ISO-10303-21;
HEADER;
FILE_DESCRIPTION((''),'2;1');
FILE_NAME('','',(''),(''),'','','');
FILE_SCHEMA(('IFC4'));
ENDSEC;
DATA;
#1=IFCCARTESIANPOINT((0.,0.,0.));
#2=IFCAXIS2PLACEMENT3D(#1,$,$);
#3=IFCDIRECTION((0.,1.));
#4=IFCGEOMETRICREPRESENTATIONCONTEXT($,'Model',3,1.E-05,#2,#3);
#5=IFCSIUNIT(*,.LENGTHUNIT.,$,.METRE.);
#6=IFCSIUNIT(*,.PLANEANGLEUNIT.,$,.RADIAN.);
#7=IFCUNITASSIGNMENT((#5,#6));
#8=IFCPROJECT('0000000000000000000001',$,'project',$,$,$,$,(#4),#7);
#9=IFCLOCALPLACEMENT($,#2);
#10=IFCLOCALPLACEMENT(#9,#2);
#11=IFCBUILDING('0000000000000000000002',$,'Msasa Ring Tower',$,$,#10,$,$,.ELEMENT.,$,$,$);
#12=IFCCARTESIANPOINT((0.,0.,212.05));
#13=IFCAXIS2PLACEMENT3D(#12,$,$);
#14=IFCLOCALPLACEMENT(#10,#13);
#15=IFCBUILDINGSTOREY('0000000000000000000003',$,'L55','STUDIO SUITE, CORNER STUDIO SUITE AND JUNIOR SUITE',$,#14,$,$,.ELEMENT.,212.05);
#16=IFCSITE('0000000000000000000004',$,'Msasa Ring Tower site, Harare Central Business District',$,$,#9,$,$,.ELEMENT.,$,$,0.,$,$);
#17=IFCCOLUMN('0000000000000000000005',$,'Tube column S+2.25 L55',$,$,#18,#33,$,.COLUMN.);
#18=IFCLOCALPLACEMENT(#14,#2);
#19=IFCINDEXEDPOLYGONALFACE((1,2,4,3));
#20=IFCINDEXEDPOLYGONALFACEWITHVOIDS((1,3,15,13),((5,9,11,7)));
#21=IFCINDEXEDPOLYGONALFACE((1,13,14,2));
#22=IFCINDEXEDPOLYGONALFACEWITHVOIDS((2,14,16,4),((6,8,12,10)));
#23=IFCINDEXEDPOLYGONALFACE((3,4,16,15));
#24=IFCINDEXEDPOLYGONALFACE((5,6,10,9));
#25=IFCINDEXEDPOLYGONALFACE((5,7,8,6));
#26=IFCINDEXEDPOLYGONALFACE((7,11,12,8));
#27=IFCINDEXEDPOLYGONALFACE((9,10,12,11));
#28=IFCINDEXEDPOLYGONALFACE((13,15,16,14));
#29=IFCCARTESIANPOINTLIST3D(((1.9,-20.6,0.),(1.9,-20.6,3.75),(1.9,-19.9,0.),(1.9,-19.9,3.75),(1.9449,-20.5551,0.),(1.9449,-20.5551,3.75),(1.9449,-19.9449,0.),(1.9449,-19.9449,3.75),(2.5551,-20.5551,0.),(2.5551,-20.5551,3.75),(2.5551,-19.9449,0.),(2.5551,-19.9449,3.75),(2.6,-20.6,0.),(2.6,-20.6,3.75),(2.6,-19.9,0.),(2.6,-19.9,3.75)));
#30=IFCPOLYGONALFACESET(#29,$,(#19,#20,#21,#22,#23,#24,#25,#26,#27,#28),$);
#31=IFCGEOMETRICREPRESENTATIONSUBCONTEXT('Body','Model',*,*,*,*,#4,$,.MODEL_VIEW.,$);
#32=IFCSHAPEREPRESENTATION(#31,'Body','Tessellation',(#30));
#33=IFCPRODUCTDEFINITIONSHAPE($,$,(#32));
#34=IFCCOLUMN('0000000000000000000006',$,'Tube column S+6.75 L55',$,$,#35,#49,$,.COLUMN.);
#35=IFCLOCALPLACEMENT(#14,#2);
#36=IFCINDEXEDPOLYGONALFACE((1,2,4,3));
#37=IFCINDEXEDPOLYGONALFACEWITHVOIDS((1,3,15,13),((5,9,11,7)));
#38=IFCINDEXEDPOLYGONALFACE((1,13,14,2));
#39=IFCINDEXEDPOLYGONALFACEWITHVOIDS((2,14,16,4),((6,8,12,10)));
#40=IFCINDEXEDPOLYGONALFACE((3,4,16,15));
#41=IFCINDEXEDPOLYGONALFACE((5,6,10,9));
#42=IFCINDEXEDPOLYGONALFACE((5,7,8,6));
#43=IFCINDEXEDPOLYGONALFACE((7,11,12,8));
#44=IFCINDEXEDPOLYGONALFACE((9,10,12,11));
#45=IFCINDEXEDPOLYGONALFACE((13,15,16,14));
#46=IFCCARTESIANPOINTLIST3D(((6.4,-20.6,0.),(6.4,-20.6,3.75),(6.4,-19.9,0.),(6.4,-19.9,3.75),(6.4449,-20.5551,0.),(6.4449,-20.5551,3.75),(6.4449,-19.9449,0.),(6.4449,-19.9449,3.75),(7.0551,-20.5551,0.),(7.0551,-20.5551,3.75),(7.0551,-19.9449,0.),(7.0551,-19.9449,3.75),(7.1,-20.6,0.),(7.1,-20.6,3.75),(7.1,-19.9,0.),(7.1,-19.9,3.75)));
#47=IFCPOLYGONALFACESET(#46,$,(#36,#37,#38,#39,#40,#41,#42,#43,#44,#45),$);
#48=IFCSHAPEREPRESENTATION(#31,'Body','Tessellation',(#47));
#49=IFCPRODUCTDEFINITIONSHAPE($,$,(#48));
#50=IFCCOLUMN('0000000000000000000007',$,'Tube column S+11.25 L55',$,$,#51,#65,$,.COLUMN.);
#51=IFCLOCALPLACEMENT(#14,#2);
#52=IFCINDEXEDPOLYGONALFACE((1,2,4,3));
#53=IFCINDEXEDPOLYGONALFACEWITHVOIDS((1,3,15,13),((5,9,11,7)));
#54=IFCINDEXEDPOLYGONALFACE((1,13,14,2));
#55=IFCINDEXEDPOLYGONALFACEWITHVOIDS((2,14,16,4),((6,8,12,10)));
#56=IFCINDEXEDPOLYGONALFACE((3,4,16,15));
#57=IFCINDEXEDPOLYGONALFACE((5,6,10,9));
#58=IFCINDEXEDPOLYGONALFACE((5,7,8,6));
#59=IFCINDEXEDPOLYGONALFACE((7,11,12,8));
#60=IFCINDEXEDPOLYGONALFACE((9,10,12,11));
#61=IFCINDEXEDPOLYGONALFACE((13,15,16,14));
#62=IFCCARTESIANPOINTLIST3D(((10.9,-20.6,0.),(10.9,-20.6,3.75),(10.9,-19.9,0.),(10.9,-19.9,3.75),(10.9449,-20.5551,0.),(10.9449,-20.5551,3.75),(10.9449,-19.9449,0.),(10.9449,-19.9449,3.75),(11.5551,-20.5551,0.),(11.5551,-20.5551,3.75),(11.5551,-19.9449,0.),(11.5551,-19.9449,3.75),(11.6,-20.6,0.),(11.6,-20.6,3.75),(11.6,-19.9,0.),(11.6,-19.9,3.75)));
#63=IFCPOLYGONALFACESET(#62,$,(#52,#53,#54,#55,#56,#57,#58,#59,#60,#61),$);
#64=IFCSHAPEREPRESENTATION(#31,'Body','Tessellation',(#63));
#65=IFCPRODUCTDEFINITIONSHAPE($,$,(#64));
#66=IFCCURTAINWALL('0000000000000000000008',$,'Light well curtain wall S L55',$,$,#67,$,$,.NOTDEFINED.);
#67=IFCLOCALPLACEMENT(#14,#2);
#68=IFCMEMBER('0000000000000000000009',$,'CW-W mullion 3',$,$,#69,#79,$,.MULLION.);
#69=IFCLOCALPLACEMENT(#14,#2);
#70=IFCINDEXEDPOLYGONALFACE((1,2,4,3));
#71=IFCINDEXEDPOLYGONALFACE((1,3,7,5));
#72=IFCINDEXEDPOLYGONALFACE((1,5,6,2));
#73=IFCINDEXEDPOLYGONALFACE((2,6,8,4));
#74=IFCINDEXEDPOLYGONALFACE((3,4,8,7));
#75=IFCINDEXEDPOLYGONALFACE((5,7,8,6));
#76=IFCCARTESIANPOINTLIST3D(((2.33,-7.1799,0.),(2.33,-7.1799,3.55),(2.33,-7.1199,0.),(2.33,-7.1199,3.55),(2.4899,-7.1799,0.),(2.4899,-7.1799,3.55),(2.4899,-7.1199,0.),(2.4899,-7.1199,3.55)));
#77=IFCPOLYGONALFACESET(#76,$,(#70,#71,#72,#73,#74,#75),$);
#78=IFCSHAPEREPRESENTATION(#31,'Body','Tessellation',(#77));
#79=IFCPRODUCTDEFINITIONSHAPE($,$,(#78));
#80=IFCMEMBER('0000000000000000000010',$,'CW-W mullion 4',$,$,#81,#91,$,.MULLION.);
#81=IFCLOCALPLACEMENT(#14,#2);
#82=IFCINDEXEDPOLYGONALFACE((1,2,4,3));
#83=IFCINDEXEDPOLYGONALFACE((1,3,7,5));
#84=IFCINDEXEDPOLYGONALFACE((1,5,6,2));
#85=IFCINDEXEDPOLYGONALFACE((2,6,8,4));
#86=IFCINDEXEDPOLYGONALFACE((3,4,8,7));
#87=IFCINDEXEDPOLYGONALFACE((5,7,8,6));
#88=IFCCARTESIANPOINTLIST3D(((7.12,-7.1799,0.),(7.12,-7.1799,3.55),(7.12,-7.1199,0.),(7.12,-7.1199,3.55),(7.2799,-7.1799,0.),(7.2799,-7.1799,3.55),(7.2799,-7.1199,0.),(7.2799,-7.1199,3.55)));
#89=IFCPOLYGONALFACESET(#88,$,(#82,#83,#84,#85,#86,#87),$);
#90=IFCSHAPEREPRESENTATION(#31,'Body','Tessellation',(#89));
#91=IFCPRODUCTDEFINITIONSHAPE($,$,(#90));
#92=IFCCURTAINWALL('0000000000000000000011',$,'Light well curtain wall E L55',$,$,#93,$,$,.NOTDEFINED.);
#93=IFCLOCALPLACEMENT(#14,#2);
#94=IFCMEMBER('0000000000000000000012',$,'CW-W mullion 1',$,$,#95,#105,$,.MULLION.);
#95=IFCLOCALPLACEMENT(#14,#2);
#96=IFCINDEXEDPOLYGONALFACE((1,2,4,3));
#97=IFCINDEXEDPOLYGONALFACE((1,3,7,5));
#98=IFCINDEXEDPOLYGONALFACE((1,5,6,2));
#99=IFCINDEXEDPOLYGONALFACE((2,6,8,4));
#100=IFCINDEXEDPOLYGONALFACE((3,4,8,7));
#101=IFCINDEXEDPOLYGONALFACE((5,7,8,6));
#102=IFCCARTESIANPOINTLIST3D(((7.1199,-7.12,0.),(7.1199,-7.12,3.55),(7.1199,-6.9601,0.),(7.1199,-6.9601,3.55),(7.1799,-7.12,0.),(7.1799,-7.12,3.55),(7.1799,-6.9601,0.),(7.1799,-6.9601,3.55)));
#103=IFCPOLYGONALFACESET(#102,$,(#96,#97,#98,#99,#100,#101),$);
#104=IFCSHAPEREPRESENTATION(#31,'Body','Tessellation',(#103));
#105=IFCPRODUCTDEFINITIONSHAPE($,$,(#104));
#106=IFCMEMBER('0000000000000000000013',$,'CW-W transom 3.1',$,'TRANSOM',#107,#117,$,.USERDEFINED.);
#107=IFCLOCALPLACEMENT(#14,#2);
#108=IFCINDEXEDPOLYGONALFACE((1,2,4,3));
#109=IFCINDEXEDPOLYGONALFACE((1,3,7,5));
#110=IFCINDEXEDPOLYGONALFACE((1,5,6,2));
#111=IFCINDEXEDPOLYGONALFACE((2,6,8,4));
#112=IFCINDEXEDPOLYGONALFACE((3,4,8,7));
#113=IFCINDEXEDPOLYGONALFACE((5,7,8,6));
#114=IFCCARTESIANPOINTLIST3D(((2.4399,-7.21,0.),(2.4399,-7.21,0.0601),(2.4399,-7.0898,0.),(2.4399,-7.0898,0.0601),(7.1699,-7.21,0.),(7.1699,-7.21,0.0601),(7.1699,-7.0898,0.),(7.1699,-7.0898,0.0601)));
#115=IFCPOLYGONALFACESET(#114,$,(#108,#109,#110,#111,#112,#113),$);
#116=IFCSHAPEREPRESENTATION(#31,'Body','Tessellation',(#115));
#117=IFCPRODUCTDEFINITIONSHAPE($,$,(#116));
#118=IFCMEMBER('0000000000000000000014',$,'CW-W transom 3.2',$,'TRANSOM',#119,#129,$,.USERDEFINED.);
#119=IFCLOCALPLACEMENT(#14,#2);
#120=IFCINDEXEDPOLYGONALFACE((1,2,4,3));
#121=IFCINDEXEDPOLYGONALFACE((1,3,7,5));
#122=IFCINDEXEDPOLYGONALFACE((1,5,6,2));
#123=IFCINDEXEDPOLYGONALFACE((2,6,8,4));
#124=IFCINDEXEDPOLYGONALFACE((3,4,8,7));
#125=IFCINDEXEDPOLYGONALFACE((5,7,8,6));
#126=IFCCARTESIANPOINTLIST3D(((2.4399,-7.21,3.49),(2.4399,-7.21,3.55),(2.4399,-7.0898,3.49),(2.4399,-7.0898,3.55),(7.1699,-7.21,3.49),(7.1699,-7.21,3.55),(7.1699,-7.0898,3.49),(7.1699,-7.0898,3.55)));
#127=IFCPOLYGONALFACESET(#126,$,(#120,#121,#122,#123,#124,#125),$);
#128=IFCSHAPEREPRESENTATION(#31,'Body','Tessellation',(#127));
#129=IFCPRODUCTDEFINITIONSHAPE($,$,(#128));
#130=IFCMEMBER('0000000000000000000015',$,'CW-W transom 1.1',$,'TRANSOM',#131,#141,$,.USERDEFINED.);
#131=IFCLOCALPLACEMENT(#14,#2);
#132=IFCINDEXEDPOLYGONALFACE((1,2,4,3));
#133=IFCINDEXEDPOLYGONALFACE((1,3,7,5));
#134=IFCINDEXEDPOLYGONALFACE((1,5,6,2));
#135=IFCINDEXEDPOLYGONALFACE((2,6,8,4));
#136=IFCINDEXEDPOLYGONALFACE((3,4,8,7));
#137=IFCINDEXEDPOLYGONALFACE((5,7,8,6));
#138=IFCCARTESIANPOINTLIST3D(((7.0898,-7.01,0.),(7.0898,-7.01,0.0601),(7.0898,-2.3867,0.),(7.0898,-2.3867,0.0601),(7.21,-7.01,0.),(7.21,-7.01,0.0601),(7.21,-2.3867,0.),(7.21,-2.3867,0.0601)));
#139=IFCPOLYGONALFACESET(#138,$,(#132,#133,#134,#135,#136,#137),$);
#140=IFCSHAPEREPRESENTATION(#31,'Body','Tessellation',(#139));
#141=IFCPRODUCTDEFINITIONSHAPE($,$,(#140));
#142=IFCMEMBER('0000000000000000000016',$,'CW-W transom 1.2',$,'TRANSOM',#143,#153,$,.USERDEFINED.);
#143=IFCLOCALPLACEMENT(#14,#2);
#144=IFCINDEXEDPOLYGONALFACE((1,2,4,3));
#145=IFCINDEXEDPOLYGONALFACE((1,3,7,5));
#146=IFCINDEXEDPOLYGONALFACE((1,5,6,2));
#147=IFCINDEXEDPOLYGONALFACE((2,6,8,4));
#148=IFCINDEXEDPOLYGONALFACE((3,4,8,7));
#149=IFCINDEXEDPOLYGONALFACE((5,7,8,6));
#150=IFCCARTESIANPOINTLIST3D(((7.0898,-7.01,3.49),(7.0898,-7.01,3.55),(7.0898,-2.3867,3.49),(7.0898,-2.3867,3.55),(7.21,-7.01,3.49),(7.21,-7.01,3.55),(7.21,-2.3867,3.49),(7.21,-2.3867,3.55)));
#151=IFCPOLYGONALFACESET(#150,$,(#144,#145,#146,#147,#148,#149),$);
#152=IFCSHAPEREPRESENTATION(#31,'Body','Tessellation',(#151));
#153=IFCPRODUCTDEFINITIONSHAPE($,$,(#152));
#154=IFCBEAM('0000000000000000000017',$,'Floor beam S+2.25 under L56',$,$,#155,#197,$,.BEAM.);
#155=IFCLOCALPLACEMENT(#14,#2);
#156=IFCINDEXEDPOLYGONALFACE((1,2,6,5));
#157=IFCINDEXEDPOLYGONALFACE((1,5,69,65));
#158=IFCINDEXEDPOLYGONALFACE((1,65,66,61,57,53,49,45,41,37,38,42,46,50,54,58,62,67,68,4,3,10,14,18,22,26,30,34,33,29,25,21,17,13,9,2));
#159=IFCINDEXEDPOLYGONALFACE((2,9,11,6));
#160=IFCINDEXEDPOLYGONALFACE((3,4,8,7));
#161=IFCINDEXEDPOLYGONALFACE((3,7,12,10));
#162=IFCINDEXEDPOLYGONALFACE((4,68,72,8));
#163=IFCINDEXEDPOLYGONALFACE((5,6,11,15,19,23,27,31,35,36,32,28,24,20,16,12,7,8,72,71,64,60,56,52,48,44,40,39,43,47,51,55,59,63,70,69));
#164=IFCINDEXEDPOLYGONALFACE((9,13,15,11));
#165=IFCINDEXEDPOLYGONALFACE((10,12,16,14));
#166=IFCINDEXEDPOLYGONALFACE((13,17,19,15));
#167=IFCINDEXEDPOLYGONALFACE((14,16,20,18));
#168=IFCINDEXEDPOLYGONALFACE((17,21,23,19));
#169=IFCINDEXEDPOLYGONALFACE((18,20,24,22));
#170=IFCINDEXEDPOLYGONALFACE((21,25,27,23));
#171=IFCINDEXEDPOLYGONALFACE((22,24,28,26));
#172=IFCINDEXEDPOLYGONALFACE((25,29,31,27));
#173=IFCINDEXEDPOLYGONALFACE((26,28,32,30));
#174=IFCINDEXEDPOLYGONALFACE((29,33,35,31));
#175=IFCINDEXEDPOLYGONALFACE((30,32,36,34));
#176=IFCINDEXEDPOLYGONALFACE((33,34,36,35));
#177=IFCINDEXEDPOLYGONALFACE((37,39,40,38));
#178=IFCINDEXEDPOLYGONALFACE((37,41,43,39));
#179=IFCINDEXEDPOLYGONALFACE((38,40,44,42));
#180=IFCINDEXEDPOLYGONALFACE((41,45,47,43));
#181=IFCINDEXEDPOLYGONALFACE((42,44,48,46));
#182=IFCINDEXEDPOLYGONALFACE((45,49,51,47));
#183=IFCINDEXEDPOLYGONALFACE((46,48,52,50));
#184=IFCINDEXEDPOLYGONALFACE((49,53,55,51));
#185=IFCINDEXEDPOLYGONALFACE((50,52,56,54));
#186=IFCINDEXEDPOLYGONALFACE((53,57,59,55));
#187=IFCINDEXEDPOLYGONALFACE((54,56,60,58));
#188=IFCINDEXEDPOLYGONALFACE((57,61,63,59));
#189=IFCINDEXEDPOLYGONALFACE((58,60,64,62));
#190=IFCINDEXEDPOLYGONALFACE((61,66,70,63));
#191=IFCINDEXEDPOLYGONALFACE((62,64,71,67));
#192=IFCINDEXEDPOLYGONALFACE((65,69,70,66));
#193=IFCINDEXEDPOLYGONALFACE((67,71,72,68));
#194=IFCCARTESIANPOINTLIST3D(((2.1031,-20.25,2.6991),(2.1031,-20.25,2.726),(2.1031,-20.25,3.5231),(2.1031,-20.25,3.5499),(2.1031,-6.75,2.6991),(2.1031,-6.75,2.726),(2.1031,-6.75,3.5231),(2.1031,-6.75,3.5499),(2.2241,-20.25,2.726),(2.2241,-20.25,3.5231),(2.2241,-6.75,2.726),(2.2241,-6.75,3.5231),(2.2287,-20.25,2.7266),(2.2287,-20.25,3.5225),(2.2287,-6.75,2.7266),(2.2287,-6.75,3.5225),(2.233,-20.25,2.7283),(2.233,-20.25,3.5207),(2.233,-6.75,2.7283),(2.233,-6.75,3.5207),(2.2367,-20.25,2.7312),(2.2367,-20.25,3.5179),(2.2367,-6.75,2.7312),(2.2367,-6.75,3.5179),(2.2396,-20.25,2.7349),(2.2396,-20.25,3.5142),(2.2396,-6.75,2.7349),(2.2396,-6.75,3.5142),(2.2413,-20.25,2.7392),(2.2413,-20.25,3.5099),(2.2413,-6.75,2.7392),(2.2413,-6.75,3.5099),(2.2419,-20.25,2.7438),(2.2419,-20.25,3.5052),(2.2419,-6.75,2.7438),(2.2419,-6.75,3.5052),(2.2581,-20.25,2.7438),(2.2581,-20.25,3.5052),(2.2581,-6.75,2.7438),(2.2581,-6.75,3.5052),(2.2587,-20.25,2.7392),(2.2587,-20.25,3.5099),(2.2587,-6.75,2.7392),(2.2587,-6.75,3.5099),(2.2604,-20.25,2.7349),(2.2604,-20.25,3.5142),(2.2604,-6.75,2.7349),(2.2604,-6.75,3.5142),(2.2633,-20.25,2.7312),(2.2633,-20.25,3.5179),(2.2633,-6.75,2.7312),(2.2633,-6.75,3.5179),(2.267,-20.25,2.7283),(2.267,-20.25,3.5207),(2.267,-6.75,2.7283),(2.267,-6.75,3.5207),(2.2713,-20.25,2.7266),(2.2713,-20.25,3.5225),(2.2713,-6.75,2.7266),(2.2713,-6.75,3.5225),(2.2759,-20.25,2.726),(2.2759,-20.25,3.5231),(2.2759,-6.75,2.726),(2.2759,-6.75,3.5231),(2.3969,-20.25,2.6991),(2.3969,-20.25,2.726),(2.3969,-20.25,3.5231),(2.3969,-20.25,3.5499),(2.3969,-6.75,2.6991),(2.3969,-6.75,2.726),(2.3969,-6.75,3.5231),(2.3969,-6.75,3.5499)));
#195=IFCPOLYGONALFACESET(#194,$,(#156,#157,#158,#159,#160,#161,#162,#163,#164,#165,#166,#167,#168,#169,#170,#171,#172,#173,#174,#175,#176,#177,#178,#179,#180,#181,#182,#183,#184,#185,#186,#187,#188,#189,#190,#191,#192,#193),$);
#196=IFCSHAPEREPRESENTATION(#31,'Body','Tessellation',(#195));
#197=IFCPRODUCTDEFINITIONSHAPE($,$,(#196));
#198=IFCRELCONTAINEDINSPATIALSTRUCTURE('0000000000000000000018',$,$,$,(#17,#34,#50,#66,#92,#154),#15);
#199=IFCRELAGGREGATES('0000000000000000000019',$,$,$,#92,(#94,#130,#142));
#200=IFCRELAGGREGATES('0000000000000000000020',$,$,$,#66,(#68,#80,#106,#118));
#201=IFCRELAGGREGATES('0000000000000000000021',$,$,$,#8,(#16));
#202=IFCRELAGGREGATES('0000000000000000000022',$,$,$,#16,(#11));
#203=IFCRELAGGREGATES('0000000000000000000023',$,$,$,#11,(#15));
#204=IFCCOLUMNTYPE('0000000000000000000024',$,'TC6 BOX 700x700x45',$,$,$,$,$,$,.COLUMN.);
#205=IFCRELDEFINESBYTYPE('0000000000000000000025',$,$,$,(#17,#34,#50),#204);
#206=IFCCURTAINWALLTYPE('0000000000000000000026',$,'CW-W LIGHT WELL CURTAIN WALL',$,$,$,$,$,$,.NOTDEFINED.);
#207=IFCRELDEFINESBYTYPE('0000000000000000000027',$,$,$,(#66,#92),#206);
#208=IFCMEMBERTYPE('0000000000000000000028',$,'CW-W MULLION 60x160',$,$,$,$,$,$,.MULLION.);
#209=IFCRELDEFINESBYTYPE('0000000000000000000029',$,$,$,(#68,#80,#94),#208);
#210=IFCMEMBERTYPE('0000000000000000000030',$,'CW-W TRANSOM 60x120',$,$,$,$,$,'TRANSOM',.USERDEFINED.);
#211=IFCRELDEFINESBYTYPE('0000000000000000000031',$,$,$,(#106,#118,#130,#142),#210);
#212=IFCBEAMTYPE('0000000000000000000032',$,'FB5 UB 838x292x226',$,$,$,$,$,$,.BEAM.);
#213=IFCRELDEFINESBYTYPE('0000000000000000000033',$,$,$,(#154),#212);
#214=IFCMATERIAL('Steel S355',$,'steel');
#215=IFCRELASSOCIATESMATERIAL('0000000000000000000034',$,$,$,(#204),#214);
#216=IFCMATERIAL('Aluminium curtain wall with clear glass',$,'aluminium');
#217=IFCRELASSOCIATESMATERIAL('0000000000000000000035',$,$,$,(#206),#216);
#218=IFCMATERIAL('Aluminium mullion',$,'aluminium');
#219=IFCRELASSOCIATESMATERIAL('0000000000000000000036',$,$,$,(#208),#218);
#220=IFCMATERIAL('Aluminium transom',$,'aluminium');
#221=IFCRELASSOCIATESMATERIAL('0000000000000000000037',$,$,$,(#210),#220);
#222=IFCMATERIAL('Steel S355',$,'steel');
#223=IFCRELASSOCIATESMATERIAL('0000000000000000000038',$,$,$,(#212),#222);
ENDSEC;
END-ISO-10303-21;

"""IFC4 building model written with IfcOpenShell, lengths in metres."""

from ifc_helpers import new_model, si_unit, direction, frame, origin, origin_2d, place, context, subcontext, project, spatial, rectangle, hollow_rectangle, i_section, extrude, material, material_profile, profile_set, type_object, element, aggregate, save


model = new_model("IFC4")

# Units and contexts
model_context = context("Model", 3, precision=1e-05, world=origin(), true_north=direction((0.0, 1.0)))
body_context = subcontext(model_context, "Body", "Model", "MODEL_VIEW")
ifc_project = project(units=[si_unit("LENGTHUNIT", "METRE"), si_unit("PLANEANGLEUNIT", "RADIAN")], contexts=[model_context])

# Site, building, storey
site_placement = place(None, origin())
site = spatial("IfcSite", under=ifc_project, at=site_placement, Name="Msasa Ring Tower site, Harare Central Business District", CompositionType="ELEMENT", RefElevation=0.0)
building_placement = place(site_placement, origin())
building = spatial("IfcBuilding", under=site, at=building_placement, Name="Msasa Ring Tower", CompositionType="ELEMENT")
storey_placement = place(building_placement, frame((0.0, 0.0, 212.05)))
storey = spatial("IfcBuildingStorey", under=building, at=storey_placement, Name="L55", Description="STUDIO SUITE, CORNER STUDIO SUITE AND JUNIOR SUITE", CompositionType="ELEMENT", Elevation=212.05)

# Columns
ifc_material_1 = material(Name="Steel S355", Category="steel")
ifc_material_profile_1 = material_profile(ifc_material_1, hollow_rectangle(XDim=0.7, YDim=0.7, WallThickness=0.0449, at=origin_2d()), Name="BOX 700x700x45")
ifc_profile_set_1 = profile_set([ifc_material_profile_1], Name="Steel S355")
column_type = type_object("IfcColumnType", Name="TC6 BOX 700x700x45", PredefinedType="COLUMN", material=ifc_profile_set_1)
for number, where, z_axis, x_axis, name in (
    (1, (2.25, -20.25, 0.0), (0.0, 0.0, 1.0), (0.0, 1.0, 0.0), "Tube column S+2.25 L55"),
    (2, (6.75, -20.25, 0.0), (0.0, 0.0, 1.0), (0.0, 1.0, 0.0), "Tube column S+6.75 L55"),
    (3, (11.25, -20.25, 0.0), (0.0, 0.0, 1.0), (0.0, 1.0, 0.0), "Tube column S+11.25 L55"),
):
    element("IfcColumn", number, at=place(storey_placement, frame(where, z_axis=z_axis, x_axis=x_axis)), inside=storey, type_object=column_type, Name=name, PredefinedType="COLUMN", context=body_context, shape_type="SweptSolid", body=[
        extrude(hollow_rectangle(XDim=0.7, YDim=0.7, WallThickness=0.0449, at=origin_2d()), origin(), (0.0, 0.0, 1.0), 3.75),
    ])

# Curtain wall, members
ifc_material_2 = material(Name="Aluminium curtain wall with clear glass", Category="aluminium")
curtain_wall_type = type_object("IfcCurtainWallType", Name="CW-W LIGHT WELL CURTAIN WALL", PredefinedType="NOTDEFINED", material=ifc_material_2)
curtain_wall_1_placement = place(storey_placement, origin())
curtain_wall_1 = element("IfcCurtainWall", 4, at=curtain_wall_1_placement, inside=storey, type_object=curtain_wall_type, Name="Light well curtain wall S L55", PredefinedType="NOTDEFINED")
ifc_material_3 = material(Name="Aluminium mullion", Category="aluminium")
ifc_material_profile_2 = material_profile(ifc_material_3, rectangle(XDim=0.0601, YDim=0.1599, at=origin_2d()), Name="AL 60x160")
ifc_profile_set_2 = profile_set([ifc_material_profile_2], Name="Aluminium mullion")
member_type_1 = type_object("IfcMemberType", Name="CW-W MULLION 60x160", PredefinedType="MULLION", material=ifc_profile_set_2)
member_1_placement = place(storey_placement, frame((2.4099, -7.1499, 0.0), z_axis=(0.0, 0.0, 1.0), x_axis=(0.0, 1.0, 0.0)))
member_1 = element("IfcMember", 5, at=member_1_placement, type_object=member_type_1, Name="CW-W mullion 3", PredefinedType="MULLION", context=body_context, shape_type="SweptSolid", body=[
    extrude(rectangle(XDim=0.0601, YDim=0.1599, at=origin_2d()), origin(), (0.0, 0.0, 1.0), 3.55),
])
member_2_placement = place(storey_placement, frame((7.2, -7.1499, 0.0), z_axis=(0.0, 0.0, 1.0), x_axis=(0.0, 1.0, 0.0)))
member_2 = element("IfcMember", 6, at=member_2_placement, type_object=member_type_1, Name="CW-W mullion 4", PredefinedType="MULLION", context=body_context, shape_type="SweptSolid", body=[
    extrude(rectangle(XDim=0.0601, YDim=0.1599, at=origin_2d()), origin(), (0.0, 0.0, 1.0), 3.55),
])

# Curtain wall, member
curtain_wall_2_placement = place(storey_placement, origin())
curtain_wall_2 = element("IfcCurtainWall", 7, at=curtain_wall_2_placement, inside=storey, type_object=curtain_wall_type, Name="Light well curtain wall E L55", PredefinedType="NOTDEFINED")
member_3_placement = place(storey_placement, frame((7.1499, -7.04, 0.0), z_axis=(0.0, 0.0, 1.0), x_axis=(-1.0, 0.0, 0.0)))
member_3 = element("IfcMember", 8, at=member_3_placement, type_object=member_type_1, Name="CW-W mullion 1", PredefinedType="MULLION", context=body_context, shape_type="SweptSolid", body=[
    extrude(rectangle(XDim=0.0601, YDim=0.1599, at=origin_2d()), origin(), (0.0, 0.0, 1.0), 3.55),
])

# Members
ifc_material_4 = material(Name="Aluminium transom", Category="aluminium")
ifc_material_profile_3 = material_profile(ifc_material_4, rectangle(XDim=0.1201, YDim=0.0601, at=origin_2d()), Name="AL 60x120")
ifc_profile_set_3 = profile_set([ifc_material_profile_3], Name="Aluminium transom")
member_type_2 = type_object("IfcMemberType", Name="CW-W TRANSOM 60x120", ElementType="TRANSOM", PredefinedType="USERDEFINED", material=ifc_profile_set_3)
member_4_placement = place(storey_placement, frame((2.4399, -7.1499, 0.03), z_axis=(1.0, 0.0, 0.0), x_axis=(0.0, 1.0, 0.0)))
member_4 = element("IfcMember", 9, at=member_4_placement, type_object=member_type_2, Name="CW-W transom 3.1", ObjectType="TRANSOM", PredefinedType="USERDEFINED", context=body_context, shape_type="SweptSolid", body=[
    extrude(rectangle(XDim=0.1201, YDim=0.0601, at=origin_2d()), origin(), (0.0, 0.0, 1.0), 4.73),
])
member_5_placement = place(storey_placement, frame((2.4399, -7.1499, 3.52), z_axis=(1.0, 0.0, 0.0), x_axis=(0.0, 1.0, 0.0)))
member_5 = element("IfcMember", 10, at=member_5_placement, type_object=member_type_2, Name="CW-W transom 3.2", ObjectType="TRANSOM", PredefinedType="USERDEFINED", context=body_context, shape_type="SweptSolid", body=[
    extrude(rectangle(XDim=0.1201, YDim=0.0601, at=origin_2d()), origin(), (0.0, 0.0, 1.0), 4.73),
])
member_6_placement = place(storey_placement, frame((7.1499, -7.01, 0.03), z_axis=(0.0, 1.0, 0.0), x_axis=(-1.0, 0.0, 0.0)))
member_6 = element("IfcMember", 11, at=member_6_placement, type_object=member_type_2, Name="CW-W transom 1.1", ObjectType="TRANSOM", PredefinedType="USERDEFINED", context=body_context, shape_type="SweptSolid", body=[
    extrude(rectangle(XDim=0.1201, YDim=0.0601, at=origin_2d()), origin(), (0.0, 0.0, 1.0), 4.6233),
])
member_7_placement = place(storey_placement, frame((7.1499, -7.01, 3.52), z_axis=(0.0, 1.0, 0.0), x_axis=(-1.0, 0.0, 0.0)))
member_7 = element("IfcMember", 12, at=member_7_placement, type_object=member_type_2, Name="CW-W transom 1.2", ObjectType="TRANSOM", PredefinedType="USERDEFINED", context=body_context, shape_type="SweptSolid", body=[
    extrude(rectangle(XDim=0.1201, YDim=0.0601, at=origin_2d()), origin(), (0.0, 0.0, 1.0), 4.6233),
])
aggregate(curtain_wall_2, [member_3, member_6, member_7])

# Beam
ifc_material_5 = material(Name="Steel S355", Category="steel")
ifc_material_profile_4 = material_profile(ifc_material_5, i_section(OverallWidth=0.2937, OverallDepth=0.8508, WebThickness=0.0161, FlangeThickness=0.0269, FilletRadius=0.0178, at=origin_2d()), Name="UB 838x292x226")
ifc_profile_set_4 = profile_set([ifc_material_profile_4], Name="Steel S355")
beam_type_1 = type_object("IfcBeamType", Name="FB5 UB 838x292x226", PredefinedType="BEAM", material=ifc_profile_set_4)
for number, where, z_axis, x_axis, name in (
    (13, (2.25, -20.25, 3.1245), (0.0, 1.0, 0.0), (-1.0, 0.0, 0.0), "Floor beam S+2.25 under L56"),
):
    element("IfcBeam", number, at=place(storey_placement, frame(where, z_axis=z_axis, x_axis=x_axis)), inside=storey, type_object=beam_type_1, Name=name, PredefinedType="BEAM", context=body_context, shape_type="SweptSolid", body=[
        extrude(i_section(OverallWidth=0.2937, OverallDepth=0.8508, WebThickness=0.0161, FlangeThickness=0.0269, FilletRadius=0.0178, at=origin_2d()), origin(), (0.0, 0.0, 1.0), 13.5),
    ])

aggregate(curtain_wall_1, [member_1, member_2, member_4, member_5])

save(model, "model.ifc")
